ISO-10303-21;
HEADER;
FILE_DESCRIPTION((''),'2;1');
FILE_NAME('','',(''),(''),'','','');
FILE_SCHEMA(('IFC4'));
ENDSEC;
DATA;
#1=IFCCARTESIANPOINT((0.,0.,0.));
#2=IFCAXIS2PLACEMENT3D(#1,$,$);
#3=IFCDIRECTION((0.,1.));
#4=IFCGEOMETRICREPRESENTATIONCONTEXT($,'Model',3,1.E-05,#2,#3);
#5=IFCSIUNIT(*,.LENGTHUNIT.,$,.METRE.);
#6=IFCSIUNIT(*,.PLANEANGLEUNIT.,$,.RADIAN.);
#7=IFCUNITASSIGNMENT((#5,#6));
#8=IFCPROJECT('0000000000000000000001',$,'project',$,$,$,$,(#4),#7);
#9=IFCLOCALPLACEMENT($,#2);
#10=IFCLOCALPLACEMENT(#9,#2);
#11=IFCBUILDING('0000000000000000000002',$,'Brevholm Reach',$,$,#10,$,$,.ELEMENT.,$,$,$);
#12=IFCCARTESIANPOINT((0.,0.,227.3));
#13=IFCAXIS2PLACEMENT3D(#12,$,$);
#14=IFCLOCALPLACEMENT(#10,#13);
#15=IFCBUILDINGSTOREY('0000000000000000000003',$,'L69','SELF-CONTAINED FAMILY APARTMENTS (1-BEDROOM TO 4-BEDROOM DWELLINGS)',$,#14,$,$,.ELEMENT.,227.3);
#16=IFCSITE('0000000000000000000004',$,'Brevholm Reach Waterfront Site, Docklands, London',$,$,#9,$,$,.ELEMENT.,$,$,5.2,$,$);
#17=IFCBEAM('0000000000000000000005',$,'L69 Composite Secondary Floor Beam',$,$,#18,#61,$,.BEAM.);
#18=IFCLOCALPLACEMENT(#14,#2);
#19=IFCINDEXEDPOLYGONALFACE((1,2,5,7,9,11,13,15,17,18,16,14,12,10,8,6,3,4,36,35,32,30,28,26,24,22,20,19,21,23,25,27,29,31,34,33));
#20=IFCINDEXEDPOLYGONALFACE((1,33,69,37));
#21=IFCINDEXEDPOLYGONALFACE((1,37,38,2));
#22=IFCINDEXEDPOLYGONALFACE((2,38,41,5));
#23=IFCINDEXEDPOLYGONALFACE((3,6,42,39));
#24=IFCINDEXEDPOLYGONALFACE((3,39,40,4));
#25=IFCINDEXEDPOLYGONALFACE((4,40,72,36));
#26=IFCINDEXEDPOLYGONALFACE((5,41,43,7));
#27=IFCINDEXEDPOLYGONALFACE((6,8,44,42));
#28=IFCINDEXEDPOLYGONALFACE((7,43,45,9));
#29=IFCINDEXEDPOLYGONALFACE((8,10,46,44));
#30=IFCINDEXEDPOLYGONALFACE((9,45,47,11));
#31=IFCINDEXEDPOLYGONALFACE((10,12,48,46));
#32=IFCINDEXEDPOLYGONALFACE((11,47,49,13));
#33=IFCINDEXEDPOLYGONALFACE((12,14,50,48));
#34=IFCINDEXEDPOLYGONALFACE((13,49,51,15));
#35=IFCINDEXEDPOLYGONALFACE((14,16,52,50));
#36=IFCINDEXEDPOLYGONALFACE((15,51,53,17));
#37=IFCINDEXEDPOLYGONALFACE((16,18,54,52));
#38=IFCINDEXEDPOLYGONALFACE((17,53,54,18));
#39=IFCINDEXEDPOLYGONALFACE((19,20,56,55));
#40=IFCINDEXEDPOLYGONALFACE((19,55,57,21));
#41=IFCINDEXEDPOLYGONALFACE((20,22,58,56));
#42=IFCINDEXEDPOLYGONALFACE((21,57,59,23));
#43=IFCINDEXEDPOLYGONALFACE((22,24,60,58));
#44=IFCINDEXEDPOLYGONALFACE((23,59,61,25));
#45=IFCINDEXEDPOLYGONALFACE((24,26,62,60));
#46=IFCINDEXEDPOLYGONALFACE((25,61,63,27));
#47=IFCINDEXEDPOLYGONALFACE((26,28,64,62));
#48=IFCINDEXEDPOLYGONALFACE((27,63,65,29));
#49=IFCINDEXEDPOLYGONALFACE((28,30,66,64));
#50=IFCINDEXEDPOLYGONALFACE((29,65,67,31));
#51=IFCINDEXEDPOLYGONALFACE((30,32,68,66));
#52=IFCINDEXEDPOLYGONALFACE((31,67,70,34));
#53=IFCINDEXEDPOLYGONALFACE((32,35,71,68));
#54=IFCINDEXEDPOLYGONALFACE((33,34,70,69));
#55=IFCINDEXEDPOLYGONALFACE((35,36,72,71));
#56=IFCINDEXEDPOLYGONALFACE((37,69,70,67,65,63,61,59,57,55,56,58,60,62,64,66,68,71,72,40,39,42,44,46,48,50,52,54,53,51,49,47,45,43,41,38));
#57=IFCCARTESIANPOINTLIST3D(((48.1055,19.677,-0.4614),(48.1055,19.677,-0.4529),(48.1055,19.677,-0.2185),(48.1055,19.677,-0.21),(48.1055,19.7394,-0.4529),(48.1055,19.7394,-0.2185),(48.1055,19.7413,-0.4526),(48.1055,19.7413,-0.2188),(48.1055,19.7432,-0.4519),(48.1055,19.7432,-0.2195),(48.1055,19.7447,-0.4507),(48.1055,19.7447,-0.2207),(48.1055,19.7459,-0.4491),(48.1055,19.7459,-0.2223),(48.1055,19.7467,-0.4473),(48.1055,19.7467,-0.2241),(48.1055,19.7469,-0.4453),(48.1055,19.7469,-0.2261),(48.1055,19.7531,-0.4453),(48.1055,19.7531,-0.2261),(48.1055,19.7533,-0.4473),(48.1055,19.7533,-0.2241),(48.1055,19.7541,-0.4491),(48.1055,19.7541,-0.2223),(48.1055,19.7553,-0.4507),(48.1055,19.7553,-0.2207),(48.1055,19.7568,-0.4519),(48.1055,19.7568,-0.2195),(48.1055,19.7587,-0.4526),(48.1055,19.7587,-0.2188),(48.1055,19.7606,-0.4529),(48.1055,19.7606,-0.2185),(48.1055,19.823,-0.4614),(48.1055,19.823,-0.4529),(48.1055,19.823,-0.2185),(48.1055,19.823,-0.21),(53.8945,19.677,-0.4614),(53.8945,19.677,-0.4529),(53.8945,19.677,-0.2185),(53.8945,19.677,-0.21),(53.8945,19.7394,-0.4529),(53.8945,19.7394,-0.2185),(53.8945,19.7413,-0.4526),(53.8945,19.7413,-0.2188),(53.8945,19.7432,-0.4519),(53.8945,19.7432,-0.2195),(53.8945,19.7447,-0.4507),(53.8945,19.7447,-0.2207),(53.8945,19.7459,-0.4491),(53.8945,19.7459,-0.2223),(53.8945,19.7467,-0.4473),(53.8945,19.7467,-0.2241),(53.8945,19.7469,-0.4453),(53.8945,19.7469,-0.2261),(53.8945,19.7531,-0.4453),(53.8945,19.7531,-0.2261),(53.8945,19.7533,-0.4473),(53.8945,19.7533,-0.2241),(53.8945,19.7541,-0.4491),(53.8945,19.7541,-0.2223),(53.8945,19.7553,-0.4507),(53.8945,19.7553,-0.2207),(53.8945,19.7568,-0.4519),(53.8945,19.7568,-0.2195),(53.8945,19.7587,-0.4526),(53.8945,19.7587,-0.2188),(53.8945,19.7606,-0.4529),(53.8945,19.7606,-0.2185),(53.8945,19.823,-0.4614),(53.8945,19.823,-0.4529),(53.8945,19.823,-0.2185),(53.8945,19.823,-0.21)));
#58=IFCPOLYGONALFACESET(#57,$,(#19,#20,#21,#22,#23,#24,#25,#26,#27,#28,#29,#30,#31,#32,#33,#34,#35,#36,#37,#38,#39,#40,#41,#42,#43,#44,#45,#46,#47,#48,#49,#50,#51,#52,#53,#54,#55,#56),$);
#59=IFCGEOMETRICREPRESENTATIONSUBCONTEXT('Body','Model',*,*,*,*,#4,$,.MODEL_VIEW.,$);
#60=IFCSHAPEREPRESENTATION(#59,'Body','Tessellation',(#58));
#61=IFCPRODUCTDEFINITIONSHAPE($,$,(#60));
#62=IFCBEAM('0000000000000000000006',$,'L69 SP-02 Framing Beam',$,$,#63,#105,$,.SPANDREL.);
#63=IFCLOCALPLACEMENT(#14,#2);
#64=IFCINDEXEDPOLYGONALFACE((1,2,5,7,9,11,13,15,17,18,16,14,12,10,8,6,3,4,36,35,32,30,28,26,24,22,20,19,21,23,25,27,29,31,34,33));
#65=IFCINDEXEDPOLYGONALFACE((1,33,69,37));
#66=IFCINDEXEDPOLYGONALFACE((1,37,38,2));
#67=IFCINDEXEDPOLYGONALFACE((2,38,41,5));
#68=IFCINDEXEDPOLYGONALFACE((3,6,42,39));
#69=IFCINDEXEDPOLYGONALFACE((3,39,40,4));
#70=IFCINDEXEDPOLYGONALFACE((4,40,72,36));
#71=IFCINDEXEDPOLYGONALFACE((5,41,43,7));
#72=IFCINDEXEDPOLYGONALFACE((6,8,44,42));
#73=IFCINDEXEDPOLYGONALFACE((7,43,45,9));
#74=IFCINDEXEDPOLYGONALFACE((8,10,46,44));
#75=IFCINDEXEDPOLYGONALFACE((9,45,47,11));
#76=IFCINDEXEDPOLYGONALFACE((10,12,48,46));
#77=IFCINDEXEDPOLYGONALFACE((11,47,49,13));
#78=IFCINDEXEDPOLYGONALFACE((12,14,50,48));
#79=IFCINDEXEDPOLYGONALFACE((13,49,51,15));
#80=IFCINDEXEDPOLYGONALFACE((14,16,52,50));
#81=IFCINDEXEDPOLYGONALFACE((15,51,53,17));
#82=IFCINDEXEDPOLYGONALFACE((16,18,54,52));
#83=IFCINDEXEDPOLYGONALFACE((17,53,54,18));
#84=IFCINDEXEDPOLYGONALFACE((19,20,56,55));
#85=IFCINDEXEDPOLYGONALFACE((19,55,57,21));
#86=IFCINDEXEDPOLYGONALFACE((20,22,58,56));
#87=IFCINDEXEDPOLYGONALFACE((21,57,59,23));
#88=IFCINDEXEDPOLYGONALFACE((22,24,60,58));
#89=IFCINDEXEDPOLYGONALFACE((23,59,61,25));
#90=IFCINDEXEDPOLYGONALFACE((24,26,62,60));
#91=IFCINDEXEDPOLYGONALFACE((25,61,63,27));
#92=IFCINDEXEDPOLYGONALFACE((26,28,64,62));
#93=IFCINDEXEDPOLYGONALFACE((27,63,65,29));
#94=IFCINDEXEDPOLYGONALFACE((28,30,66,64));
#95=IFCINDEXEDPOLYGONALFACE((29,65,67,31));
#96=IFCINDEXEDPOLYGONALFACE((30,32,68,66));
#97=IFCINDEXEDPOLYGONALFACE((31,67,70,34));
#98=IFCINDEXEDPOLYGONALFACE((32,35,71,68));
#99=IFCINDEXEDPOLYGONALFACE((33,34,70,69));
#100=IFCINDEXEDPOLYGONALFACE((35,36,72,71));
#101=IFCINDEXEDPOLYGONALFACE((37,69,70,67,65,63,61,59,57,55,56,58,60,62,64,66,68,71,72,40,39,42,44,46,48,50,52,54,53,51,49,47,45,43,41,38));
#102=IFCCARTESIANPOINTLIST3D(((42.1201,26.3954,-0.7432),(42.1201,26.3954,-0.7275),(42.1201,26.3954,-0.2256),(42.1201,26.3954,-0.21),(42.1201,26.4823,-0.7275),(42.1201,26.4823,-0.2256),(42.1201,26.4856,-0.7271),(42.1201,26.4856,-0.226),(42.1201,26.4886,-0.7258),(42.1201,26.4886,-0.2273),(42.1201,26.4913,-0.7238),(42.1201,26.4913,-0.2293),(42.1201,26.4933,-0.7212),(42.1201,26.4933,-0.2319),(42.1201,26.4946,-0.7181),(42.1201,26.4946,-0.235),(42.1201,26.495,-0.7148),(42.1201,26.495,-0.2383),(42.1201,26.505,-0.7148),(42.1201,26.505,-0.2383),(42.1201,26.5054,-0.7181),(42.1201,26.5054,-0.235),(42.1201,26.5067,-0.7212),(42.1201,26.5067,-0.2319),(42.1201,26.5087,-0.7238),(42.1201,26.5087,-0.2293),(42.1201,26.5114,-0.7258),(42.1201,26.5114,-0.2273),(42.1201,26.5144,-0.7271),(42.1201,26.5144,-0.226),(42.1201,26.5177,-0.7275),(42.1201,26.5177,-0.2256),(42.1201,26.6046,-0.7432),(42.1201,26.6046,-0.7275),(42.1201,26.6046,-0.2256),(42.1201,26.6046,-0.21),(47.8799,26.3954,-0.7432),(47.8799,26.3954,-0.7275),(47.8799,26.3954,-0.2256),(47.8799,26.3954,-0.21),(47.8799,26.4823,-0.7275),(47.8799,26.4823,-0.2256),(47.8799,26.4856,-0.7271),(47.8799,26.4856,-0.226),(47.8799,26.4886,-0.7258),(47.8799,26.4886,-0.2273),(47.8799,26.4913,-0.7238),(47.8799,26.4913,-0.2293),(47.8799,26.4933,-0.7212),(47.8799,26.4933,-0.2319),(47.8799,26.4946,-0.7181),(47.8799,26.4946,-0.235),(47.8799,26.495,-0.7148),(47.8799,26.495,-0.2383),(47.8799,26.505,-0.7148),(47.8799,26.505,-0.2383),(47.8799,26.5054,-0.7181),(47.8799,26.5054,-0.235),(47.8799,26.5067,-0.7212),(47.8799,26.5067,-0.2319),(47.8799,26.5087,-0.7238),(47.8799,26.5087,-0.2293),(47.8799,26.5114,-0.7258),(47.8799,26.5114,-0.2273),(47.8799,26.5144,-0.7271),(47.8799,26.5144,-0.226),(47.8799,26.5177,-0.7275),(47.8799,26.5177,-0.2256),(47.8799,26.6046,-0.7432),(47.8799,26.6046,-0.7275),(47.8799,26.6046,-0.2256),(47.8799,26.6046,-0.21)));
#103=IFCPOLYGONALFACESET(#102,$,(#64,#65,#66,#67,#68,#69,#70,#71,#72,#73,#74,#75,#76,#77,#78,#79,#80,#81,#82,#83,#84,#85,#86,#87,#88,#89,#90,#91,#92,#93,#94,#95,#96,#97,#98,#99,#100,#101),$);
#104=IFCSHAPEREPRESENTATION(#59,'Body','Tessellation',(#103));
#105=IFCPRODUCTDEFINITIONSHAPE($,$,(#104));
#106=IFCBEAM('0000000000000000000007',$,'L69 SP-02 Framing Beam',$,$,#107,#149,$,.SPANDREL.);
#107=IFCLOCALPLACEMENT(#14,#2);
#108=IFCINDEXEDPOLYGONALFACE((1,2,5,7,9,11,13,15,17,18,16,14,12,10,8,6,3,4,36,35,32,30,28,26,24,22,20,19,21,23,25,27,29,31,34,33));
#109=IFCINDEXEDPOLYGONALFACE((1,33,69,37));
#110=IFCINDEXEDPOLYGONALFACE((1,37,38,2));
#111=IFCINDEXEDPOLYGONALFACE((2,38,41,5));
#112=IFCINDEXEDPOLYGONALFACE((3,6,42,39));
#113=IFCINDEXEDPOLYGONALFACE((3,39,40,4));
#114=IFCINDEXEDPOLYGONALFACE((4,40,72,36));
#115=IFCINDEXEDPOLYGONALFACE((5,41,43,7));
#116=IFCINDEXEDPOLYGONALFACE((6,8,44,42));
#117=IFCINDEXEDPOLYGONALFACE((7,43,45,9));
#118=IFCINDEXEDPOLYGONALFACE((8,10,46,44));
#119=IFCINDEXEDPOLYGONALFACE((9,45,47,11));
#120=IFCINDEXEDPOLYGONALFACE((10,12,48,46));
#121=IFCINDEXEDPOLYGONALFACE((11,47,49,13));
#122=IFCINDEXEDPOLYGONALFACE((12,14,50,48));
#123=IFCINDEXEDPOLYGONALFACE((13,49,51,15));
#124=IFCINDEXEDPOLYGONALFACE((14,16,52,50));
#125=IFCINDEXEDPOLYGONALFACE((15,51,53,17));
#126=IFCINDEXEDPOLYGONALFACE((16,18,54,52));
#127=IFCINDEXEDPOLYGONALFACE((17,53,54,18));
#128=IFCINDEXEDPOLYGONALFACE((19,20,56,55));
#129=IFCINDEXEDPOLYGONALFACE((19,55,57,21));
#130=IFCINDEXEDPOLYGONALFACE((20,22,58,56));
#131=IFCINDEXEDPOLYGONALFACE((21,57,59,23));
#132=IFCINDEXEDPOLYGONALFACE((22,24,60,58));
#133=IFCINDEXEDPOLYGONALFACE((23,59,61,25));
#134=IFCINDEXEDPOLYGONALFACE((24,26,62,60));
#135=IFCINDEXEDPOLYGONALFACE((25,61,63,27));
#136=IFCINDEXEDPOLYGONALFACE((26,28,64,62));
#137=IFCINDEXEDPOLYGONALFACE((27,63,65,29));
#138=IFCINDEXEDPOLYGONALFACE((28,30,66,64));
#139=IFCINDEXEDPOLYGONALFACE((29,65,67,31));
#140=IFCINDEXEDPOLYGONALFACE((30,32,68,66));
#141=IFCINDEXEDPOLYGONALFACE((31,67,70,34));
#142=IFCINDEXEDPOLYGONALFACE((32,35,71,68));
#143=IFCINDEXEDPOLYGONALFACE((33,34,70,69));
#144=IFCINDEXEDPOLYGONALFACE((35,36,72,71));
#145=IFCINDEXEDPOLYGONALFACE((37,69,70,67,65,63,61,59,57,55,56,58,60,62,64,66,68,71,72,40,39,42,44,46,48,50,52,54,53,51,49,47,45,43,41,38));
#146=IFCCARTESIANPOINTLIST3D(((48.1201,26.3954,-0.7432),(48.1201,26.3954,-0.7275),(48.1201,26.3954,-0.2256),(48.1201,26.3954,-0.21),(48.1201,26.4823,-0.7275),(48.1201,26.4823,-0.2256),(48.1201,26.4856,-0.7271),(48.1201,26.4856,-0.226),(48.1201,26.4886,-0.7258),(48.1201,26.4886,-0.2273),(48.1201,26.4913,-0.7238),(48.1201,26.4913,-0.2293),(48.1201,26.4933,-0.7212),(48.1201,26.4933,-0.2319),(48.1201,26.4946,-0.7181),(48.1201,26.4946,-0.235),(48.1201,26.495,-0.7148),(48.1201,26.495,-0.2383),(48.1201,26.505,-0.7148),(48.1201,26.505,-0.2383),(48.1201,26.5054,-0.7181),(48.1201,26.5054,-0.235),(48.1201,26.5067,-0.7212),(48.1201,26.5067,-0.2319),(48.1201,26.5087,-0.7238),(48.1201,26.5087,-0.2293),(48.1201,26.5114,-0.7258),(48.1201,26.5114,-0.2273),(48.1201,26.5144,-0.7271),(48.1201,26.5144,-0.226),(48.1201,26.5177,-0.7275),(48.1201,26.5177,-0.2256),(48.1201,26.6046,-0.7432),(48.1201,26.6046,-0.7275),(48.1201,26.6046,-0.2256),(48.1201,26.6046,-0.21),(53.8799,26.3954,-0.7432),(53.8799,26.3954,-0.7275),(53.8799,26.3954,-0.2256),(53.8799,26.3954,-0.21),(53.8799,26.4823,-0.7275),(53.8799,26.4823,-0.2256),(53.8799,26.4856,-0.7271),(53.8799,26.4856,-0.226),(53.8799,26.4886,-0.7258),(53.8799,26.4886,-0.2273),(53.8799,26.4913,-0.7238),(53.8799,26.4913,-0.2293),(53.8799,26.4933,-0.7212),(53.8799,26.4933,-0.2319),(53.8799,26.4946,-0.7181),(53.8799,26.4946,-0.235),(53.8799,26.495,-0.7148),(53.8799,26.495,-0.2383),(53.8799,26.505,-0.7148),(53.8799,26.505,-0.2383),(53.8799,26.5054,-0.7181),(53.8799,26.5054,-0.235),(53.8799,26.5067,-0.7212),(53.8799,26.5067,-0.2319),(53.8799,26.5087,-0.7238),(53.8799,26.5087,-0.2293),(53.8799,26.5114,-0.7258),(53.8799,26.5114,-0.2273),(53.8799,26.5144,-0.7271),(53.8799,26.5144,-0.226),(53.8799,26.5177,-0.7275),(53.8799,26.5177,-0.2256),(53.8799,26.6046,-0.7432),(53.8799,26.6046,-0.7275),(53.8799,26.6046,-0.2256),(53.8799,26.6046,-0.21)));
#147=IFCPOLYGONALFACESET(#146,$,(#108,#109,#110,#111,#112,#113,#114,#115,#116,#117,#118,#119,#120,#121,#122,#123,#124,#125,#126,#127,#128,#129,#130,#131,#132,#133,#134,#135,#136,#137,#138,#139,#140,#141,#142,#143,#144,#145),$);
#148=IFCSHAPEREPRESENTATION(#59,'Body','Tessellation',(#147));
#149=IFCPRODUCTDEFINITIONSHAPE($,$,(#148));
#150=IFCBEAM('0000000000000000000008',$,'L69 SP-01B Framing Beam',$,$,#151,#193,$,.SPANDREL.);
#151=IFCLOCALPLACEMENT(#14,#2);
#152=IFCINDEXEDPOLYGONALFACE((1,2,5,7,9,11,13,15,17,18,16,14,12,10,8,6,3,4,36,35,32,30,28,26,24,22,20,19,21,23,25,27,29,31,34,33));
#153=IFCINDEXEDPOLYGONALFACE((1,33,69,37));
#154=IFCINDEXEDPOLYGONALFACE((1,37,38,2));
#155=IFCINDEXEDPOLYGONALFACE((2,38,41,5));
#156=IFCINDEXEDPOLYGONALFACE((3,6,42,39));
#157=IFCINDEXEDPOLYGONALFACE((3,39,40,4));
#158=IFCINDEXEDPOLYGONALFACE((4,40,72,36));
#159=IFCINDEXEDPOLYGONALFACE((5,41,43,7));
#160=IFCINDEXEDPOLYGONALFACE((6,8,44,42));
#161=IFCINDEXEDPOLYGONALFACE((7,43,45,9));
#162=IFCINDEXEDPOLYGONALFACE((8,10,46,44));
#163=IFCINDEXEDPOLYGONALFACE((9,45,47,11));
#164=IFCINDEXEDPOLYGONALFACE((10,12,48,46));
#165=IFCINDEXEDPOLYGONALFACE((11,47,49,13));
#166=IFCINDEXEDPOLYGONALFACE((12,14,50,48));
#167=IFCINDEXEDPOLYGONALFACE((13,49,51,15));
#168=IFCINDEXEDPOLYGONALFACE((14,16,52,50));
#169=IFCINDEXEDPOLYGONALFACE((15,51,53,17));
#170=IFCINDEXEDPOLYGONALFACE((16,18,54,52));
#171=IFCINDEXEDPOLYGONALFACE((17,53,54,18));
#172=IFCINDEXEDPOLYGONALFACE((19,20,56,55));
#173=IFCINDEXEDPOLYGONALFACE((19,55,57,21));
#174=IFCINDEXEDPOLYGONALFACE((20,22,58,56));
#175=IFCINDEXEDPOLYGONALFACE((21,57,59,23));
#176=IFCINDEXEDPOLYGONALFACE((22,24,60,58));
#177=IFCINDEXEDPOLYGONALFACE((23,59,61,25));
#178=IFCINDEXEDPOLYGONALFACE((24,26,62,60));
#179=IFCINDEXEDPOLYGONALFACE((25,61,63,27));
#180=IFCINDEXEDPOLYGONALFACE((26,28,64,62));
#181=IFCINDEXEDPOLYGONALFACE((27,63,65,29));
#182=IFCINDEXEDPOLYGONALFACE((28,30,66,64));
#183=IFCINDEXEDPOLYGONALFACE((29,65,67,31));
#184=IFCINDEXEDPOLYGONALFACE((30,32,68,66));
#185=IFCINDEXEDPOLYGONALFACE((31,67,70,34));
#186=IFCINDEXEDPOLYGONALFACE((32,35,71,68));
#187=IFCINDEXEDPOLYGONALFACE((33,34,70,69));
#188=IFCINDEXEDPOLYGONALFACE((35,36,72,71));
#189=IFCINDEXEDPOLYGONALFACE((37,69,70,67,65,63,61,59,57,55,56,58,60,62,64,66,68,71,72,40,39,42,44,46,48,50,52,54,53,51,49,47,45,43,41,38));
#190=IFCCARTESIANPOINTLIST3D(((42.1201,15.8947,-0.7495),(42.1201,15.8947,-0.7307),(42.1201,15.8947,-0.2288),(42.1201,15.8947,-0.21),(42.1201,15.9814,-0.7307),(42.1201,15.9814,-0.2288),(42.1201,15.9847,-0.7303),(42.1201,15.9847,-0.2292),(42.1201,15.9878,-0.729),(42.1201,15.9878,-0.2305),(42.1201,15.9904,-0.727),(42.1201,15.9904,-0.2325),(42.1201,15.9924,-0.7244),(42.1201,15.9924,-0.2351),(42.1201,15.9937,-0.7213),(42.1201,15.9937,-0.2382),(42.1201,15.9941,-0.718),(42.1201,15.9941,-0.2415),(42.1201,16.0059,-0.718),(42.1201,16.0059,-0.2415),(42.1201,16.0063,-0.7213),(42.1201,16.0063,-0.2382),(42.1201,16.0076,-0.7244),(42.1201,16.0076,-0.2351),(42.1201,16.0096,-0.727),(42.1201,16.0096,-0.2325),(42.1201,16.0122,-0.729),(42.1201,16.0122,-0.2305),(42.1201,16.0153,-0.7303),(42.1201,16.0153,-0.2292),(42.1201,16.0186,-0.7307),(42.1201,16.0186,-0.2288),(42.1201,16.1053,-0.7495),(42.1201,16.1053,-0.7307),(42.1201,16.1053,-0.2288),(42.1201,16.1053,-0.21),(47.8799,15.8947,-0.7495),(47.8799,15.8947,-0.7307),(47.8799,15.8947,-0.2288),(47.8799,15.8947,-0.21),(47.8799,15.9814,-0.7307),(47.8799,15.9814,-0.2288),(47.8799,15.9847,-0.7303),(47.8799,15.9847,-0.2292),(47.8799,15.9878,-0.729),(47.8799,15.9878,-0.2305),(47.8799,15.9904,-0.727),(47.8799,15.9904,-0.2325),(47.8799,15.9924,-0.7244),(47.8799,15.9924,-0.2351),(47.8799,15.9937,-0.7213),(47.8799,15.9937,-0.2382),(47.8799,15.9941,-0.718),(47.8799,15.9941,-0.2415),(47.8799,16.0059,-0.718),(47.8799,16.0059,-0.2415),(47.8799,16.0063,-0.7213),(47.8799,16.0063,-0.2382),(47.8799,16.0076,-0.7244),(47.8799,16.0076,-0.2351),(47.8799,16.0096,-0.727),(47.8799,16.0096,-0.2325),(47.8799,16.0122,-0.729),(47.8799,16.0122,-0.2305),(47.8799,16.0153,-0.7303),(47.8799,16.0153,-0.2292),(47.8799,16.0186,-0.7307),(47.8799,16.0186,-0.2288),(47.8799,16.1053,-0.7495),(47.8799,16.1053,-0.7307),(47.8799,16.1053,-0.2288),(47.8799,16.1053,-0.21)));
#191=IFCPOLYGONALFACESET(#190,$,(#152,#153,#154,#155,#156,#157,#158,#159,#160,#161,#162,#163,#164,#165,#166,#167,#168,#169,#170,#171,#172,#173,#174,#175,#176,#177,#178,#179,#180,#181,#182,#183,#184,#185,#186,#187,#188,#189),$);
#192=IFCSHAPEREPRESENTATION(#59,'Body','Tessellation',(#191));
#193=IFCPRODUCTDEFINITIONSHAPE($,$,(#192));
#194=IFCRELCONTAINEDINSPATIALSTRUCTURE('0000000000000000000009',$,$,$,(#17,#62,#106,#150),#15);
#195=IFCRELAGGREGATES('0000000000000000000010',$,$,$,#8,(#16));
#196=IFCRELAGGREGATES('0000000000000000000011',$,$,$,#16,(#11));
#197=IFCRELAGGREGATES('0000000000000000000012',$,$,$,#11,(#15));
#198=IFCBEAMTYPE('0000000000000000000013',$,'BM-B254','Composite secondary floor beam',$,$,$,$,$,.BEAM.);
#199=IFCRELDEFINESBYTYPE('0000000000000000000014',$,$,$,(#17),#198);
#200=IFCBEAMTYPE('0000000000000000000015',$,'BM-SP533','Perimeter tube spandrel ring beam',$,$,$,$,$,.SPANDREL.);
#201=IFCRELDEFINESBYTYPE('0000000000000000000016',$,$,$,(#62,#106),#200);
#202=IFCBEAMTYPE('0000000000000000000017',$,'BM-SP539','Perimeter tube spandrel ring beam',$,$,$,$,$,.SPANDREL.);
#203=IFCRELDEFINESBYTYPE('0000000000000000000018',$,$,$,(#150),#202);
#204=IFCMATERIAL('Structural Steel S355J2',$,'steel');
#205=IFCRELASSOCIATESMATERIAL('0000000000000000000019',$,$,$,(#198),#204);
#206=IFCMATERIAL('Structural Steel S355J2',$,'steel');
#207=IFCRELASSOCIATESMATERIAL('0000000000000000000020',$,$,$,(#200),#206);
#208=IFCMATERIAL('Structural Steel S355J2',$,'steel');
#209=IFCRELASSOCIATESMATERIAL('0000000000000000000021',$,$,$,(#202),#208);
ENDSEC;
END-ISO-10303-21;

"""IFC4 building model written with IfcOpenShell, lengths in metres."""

from ifc_helpers import new_model, si_unit, direction, frame, origin, origin_2d, place, context, subcontext, project, spatial, i_section, extrude, material, material_profile, profile_set, type_object, element, save


model = new_model("IFC4")

# Units and contexts
model_context = context("Model", 3, precision=1e-05, world=origin(), true_north=direction((0.0, 1.0)))
body_context = subcontext(model_context, "Body", "Model", "MODEL_VIEW")
ifc_project = project(units=[si_unit("LENGTHUNIT", "METRE"), si_unit("PLANEANGLEUNIT", "RADIAN")], contexts=[model_context])

# Site, building, storey
site_placement = place(None, origin())
site = spatial("IfcSite", under=ifc_project, at=site_placement, Name="Brevholm Reach Waterfront Site, Docklands, London", CompositionType="ELEMENT", RefElevation=5.2)
building_placement = place(site_placement, origin())
building = spatial("IfcBuilding", under=site, at=building_placement, Name="Brevholm Reach", CompositionType="ELEMENT")
storey_placement = place(building_placement, frame((0.0, 0.0, 227.3)))
storey = spatial("IfcBuildingStorey", under=building, at=storey_placement, Name="L69", Description="SELF-CONTAINED FAMILY APARTMENTS (1-BEDROOM TO 4-BEDROOM DWELLINGS)", CompositionType="ELEMENT", Elevation=227.3)

# Beams
ifc_material_1 = material(Name="Structural Steel S355J2", Category="steel")
ifc_material_profile_1 = material_profile(ifc_material_1, i_section(OverallWidth=0.146, OverallDepth=0.2515, WebThickness=0.0061, FlangeThickness=0.0085, FilletRadius=0.0076, at=origin_2d()), Name="UKB 254x146x31")
ifc_profile_set_1 = profile_set([ifc_material_profile_1], Name="Structural Steel S355J2")
beam_type_1 = type_object("IfcBeamType", Name="BM-B254", Description="Composite secondary floor beam", PredefinedType="BEAM", material=ifc_profile_set_1)
beam_1_placement = place(storey_placement, frame((48.1055, 19.75, -0.3357), z_axis=(1.0, 0.0, 0.0), x_axis=(0.0, 1.0, 0.0)))
element("IfcBeam", 1, at=beam_1_placement, inside=storey, type_object=beam_type_1, Name="L69 Composite Secondary Floor Beam", PredefinedType="BEAM", context=body_context, shape_type="SweptSolid", body=[
    extrude(i_section(OverallWidth=0.146, OverallDepth=0.2515, WebThickness=0.0061, FlangeThickness=0.0085, FilletRadius=0.0076, at=origin_2d()), origin(), (0.0, 0.0, 1.0), 5.7891),
])
ifc_material_2 = material(Name="Structural Steel S355J2", Category="steel")
ifc_material_profile_2 = material_profile(ifc_material_2, i_section(OverallWidth=0.2092, OverallDepth=0.5332, WebThickness=0.01, FlangeThickness=0.0156, FilletRadius=0.0127, at=origin_2d()), Name="UKB 533x210x92")
ifc_profile_set_2 = profile_set([ifc_material_profile_2], Name="Structural Steel S355J2")
beam_type_2 = type_object("IfcBeamType", Name="BM-SP533", Description="Perimeter tube spandrel ring beam", PredefinedType="SPANDREL", material=ifc_profile_set_2)
for number, where, z_axis, x_axis, name in (
    (2, (42.1201, 26.5, -0.4766), (1.0, 0.0, 0.0), (0.0, 1.0, 0.0), "L69 SP-02 Framing Beam"),
    (3, (48.1201, 26.5, -0.4766), (1.0, 0.0, 0.0), (0.0, 1.0, 0.0), "L69 SP-02 Framing Beam"),
):
    element("IfcBeam", number, at=place(storey_placement, frame(where, z_axis=z_axis, x_axis=x_axis)), inside=storey, type_object=beam_type_2, Name=name, PredefinedType="SPANDREL", context=body_context, shape_type="SweptSolid", body=[
        extrude(i_section(OverallWidth=0.2092, OverallDepth=0.5332, WebThickness=0.01, FlangeThickness=0.0156, FilletRadius=0.0127, at=origin_2d()), origin(), (0.0, 0.0, 1.0), 5.7598),
    ])
ifc_material_3 = material(Name="Structural Steel S355J2", Category="steel")
ifc_material_profile_3 = material_profile(ifc_material_3, i_section(OverallWidth=0.2107, OverallDepth=0.5396, WebThickness=0.0117, FlangeThickness=0.0188, FilletRadius=0.0127, at=origin_2d()), Name="UKB 533x210x109")
ifc_profile_set_3 = profile_set([ifc_material_profile_3], Name="Structural Steel S355J2")
beam_type_3 = type_object("IfcBeamType", Name="BM-SP539", Description="Perimeter tube spandrel ring beam", PredefinedType="SPANDREL", material=ifc_profile_set_3)
for number, where, z_axis, x_axis, name in (
    (4, (42.1201, 16.0, -0.4797), (1.0, 0.0, 0.0), (0.0, 1.0, 0.0), "L69 SP-01B Framing Beam"),
):
    element("IfcBeam", number, at=place(storey_placement, frame(where, z_axis=z_axis, x_axis=x_axis)), inside=storey, type_object=beam_type_3, Name=name, PredefinedType="SPANDREL", context=body_context, shape_type="SweptSolid", body=[
        extrude(i_section(OverallWidth=0.2107, OverallDepth=0.5396, WebThickness=0.0117, FlangeThickness=0.0188, FilletRadius=0.0127, at=origin_2d()), origin(), (0.0, 0.0, 1.0), 5.7598),
    ])

save(model, "model.ifc")
